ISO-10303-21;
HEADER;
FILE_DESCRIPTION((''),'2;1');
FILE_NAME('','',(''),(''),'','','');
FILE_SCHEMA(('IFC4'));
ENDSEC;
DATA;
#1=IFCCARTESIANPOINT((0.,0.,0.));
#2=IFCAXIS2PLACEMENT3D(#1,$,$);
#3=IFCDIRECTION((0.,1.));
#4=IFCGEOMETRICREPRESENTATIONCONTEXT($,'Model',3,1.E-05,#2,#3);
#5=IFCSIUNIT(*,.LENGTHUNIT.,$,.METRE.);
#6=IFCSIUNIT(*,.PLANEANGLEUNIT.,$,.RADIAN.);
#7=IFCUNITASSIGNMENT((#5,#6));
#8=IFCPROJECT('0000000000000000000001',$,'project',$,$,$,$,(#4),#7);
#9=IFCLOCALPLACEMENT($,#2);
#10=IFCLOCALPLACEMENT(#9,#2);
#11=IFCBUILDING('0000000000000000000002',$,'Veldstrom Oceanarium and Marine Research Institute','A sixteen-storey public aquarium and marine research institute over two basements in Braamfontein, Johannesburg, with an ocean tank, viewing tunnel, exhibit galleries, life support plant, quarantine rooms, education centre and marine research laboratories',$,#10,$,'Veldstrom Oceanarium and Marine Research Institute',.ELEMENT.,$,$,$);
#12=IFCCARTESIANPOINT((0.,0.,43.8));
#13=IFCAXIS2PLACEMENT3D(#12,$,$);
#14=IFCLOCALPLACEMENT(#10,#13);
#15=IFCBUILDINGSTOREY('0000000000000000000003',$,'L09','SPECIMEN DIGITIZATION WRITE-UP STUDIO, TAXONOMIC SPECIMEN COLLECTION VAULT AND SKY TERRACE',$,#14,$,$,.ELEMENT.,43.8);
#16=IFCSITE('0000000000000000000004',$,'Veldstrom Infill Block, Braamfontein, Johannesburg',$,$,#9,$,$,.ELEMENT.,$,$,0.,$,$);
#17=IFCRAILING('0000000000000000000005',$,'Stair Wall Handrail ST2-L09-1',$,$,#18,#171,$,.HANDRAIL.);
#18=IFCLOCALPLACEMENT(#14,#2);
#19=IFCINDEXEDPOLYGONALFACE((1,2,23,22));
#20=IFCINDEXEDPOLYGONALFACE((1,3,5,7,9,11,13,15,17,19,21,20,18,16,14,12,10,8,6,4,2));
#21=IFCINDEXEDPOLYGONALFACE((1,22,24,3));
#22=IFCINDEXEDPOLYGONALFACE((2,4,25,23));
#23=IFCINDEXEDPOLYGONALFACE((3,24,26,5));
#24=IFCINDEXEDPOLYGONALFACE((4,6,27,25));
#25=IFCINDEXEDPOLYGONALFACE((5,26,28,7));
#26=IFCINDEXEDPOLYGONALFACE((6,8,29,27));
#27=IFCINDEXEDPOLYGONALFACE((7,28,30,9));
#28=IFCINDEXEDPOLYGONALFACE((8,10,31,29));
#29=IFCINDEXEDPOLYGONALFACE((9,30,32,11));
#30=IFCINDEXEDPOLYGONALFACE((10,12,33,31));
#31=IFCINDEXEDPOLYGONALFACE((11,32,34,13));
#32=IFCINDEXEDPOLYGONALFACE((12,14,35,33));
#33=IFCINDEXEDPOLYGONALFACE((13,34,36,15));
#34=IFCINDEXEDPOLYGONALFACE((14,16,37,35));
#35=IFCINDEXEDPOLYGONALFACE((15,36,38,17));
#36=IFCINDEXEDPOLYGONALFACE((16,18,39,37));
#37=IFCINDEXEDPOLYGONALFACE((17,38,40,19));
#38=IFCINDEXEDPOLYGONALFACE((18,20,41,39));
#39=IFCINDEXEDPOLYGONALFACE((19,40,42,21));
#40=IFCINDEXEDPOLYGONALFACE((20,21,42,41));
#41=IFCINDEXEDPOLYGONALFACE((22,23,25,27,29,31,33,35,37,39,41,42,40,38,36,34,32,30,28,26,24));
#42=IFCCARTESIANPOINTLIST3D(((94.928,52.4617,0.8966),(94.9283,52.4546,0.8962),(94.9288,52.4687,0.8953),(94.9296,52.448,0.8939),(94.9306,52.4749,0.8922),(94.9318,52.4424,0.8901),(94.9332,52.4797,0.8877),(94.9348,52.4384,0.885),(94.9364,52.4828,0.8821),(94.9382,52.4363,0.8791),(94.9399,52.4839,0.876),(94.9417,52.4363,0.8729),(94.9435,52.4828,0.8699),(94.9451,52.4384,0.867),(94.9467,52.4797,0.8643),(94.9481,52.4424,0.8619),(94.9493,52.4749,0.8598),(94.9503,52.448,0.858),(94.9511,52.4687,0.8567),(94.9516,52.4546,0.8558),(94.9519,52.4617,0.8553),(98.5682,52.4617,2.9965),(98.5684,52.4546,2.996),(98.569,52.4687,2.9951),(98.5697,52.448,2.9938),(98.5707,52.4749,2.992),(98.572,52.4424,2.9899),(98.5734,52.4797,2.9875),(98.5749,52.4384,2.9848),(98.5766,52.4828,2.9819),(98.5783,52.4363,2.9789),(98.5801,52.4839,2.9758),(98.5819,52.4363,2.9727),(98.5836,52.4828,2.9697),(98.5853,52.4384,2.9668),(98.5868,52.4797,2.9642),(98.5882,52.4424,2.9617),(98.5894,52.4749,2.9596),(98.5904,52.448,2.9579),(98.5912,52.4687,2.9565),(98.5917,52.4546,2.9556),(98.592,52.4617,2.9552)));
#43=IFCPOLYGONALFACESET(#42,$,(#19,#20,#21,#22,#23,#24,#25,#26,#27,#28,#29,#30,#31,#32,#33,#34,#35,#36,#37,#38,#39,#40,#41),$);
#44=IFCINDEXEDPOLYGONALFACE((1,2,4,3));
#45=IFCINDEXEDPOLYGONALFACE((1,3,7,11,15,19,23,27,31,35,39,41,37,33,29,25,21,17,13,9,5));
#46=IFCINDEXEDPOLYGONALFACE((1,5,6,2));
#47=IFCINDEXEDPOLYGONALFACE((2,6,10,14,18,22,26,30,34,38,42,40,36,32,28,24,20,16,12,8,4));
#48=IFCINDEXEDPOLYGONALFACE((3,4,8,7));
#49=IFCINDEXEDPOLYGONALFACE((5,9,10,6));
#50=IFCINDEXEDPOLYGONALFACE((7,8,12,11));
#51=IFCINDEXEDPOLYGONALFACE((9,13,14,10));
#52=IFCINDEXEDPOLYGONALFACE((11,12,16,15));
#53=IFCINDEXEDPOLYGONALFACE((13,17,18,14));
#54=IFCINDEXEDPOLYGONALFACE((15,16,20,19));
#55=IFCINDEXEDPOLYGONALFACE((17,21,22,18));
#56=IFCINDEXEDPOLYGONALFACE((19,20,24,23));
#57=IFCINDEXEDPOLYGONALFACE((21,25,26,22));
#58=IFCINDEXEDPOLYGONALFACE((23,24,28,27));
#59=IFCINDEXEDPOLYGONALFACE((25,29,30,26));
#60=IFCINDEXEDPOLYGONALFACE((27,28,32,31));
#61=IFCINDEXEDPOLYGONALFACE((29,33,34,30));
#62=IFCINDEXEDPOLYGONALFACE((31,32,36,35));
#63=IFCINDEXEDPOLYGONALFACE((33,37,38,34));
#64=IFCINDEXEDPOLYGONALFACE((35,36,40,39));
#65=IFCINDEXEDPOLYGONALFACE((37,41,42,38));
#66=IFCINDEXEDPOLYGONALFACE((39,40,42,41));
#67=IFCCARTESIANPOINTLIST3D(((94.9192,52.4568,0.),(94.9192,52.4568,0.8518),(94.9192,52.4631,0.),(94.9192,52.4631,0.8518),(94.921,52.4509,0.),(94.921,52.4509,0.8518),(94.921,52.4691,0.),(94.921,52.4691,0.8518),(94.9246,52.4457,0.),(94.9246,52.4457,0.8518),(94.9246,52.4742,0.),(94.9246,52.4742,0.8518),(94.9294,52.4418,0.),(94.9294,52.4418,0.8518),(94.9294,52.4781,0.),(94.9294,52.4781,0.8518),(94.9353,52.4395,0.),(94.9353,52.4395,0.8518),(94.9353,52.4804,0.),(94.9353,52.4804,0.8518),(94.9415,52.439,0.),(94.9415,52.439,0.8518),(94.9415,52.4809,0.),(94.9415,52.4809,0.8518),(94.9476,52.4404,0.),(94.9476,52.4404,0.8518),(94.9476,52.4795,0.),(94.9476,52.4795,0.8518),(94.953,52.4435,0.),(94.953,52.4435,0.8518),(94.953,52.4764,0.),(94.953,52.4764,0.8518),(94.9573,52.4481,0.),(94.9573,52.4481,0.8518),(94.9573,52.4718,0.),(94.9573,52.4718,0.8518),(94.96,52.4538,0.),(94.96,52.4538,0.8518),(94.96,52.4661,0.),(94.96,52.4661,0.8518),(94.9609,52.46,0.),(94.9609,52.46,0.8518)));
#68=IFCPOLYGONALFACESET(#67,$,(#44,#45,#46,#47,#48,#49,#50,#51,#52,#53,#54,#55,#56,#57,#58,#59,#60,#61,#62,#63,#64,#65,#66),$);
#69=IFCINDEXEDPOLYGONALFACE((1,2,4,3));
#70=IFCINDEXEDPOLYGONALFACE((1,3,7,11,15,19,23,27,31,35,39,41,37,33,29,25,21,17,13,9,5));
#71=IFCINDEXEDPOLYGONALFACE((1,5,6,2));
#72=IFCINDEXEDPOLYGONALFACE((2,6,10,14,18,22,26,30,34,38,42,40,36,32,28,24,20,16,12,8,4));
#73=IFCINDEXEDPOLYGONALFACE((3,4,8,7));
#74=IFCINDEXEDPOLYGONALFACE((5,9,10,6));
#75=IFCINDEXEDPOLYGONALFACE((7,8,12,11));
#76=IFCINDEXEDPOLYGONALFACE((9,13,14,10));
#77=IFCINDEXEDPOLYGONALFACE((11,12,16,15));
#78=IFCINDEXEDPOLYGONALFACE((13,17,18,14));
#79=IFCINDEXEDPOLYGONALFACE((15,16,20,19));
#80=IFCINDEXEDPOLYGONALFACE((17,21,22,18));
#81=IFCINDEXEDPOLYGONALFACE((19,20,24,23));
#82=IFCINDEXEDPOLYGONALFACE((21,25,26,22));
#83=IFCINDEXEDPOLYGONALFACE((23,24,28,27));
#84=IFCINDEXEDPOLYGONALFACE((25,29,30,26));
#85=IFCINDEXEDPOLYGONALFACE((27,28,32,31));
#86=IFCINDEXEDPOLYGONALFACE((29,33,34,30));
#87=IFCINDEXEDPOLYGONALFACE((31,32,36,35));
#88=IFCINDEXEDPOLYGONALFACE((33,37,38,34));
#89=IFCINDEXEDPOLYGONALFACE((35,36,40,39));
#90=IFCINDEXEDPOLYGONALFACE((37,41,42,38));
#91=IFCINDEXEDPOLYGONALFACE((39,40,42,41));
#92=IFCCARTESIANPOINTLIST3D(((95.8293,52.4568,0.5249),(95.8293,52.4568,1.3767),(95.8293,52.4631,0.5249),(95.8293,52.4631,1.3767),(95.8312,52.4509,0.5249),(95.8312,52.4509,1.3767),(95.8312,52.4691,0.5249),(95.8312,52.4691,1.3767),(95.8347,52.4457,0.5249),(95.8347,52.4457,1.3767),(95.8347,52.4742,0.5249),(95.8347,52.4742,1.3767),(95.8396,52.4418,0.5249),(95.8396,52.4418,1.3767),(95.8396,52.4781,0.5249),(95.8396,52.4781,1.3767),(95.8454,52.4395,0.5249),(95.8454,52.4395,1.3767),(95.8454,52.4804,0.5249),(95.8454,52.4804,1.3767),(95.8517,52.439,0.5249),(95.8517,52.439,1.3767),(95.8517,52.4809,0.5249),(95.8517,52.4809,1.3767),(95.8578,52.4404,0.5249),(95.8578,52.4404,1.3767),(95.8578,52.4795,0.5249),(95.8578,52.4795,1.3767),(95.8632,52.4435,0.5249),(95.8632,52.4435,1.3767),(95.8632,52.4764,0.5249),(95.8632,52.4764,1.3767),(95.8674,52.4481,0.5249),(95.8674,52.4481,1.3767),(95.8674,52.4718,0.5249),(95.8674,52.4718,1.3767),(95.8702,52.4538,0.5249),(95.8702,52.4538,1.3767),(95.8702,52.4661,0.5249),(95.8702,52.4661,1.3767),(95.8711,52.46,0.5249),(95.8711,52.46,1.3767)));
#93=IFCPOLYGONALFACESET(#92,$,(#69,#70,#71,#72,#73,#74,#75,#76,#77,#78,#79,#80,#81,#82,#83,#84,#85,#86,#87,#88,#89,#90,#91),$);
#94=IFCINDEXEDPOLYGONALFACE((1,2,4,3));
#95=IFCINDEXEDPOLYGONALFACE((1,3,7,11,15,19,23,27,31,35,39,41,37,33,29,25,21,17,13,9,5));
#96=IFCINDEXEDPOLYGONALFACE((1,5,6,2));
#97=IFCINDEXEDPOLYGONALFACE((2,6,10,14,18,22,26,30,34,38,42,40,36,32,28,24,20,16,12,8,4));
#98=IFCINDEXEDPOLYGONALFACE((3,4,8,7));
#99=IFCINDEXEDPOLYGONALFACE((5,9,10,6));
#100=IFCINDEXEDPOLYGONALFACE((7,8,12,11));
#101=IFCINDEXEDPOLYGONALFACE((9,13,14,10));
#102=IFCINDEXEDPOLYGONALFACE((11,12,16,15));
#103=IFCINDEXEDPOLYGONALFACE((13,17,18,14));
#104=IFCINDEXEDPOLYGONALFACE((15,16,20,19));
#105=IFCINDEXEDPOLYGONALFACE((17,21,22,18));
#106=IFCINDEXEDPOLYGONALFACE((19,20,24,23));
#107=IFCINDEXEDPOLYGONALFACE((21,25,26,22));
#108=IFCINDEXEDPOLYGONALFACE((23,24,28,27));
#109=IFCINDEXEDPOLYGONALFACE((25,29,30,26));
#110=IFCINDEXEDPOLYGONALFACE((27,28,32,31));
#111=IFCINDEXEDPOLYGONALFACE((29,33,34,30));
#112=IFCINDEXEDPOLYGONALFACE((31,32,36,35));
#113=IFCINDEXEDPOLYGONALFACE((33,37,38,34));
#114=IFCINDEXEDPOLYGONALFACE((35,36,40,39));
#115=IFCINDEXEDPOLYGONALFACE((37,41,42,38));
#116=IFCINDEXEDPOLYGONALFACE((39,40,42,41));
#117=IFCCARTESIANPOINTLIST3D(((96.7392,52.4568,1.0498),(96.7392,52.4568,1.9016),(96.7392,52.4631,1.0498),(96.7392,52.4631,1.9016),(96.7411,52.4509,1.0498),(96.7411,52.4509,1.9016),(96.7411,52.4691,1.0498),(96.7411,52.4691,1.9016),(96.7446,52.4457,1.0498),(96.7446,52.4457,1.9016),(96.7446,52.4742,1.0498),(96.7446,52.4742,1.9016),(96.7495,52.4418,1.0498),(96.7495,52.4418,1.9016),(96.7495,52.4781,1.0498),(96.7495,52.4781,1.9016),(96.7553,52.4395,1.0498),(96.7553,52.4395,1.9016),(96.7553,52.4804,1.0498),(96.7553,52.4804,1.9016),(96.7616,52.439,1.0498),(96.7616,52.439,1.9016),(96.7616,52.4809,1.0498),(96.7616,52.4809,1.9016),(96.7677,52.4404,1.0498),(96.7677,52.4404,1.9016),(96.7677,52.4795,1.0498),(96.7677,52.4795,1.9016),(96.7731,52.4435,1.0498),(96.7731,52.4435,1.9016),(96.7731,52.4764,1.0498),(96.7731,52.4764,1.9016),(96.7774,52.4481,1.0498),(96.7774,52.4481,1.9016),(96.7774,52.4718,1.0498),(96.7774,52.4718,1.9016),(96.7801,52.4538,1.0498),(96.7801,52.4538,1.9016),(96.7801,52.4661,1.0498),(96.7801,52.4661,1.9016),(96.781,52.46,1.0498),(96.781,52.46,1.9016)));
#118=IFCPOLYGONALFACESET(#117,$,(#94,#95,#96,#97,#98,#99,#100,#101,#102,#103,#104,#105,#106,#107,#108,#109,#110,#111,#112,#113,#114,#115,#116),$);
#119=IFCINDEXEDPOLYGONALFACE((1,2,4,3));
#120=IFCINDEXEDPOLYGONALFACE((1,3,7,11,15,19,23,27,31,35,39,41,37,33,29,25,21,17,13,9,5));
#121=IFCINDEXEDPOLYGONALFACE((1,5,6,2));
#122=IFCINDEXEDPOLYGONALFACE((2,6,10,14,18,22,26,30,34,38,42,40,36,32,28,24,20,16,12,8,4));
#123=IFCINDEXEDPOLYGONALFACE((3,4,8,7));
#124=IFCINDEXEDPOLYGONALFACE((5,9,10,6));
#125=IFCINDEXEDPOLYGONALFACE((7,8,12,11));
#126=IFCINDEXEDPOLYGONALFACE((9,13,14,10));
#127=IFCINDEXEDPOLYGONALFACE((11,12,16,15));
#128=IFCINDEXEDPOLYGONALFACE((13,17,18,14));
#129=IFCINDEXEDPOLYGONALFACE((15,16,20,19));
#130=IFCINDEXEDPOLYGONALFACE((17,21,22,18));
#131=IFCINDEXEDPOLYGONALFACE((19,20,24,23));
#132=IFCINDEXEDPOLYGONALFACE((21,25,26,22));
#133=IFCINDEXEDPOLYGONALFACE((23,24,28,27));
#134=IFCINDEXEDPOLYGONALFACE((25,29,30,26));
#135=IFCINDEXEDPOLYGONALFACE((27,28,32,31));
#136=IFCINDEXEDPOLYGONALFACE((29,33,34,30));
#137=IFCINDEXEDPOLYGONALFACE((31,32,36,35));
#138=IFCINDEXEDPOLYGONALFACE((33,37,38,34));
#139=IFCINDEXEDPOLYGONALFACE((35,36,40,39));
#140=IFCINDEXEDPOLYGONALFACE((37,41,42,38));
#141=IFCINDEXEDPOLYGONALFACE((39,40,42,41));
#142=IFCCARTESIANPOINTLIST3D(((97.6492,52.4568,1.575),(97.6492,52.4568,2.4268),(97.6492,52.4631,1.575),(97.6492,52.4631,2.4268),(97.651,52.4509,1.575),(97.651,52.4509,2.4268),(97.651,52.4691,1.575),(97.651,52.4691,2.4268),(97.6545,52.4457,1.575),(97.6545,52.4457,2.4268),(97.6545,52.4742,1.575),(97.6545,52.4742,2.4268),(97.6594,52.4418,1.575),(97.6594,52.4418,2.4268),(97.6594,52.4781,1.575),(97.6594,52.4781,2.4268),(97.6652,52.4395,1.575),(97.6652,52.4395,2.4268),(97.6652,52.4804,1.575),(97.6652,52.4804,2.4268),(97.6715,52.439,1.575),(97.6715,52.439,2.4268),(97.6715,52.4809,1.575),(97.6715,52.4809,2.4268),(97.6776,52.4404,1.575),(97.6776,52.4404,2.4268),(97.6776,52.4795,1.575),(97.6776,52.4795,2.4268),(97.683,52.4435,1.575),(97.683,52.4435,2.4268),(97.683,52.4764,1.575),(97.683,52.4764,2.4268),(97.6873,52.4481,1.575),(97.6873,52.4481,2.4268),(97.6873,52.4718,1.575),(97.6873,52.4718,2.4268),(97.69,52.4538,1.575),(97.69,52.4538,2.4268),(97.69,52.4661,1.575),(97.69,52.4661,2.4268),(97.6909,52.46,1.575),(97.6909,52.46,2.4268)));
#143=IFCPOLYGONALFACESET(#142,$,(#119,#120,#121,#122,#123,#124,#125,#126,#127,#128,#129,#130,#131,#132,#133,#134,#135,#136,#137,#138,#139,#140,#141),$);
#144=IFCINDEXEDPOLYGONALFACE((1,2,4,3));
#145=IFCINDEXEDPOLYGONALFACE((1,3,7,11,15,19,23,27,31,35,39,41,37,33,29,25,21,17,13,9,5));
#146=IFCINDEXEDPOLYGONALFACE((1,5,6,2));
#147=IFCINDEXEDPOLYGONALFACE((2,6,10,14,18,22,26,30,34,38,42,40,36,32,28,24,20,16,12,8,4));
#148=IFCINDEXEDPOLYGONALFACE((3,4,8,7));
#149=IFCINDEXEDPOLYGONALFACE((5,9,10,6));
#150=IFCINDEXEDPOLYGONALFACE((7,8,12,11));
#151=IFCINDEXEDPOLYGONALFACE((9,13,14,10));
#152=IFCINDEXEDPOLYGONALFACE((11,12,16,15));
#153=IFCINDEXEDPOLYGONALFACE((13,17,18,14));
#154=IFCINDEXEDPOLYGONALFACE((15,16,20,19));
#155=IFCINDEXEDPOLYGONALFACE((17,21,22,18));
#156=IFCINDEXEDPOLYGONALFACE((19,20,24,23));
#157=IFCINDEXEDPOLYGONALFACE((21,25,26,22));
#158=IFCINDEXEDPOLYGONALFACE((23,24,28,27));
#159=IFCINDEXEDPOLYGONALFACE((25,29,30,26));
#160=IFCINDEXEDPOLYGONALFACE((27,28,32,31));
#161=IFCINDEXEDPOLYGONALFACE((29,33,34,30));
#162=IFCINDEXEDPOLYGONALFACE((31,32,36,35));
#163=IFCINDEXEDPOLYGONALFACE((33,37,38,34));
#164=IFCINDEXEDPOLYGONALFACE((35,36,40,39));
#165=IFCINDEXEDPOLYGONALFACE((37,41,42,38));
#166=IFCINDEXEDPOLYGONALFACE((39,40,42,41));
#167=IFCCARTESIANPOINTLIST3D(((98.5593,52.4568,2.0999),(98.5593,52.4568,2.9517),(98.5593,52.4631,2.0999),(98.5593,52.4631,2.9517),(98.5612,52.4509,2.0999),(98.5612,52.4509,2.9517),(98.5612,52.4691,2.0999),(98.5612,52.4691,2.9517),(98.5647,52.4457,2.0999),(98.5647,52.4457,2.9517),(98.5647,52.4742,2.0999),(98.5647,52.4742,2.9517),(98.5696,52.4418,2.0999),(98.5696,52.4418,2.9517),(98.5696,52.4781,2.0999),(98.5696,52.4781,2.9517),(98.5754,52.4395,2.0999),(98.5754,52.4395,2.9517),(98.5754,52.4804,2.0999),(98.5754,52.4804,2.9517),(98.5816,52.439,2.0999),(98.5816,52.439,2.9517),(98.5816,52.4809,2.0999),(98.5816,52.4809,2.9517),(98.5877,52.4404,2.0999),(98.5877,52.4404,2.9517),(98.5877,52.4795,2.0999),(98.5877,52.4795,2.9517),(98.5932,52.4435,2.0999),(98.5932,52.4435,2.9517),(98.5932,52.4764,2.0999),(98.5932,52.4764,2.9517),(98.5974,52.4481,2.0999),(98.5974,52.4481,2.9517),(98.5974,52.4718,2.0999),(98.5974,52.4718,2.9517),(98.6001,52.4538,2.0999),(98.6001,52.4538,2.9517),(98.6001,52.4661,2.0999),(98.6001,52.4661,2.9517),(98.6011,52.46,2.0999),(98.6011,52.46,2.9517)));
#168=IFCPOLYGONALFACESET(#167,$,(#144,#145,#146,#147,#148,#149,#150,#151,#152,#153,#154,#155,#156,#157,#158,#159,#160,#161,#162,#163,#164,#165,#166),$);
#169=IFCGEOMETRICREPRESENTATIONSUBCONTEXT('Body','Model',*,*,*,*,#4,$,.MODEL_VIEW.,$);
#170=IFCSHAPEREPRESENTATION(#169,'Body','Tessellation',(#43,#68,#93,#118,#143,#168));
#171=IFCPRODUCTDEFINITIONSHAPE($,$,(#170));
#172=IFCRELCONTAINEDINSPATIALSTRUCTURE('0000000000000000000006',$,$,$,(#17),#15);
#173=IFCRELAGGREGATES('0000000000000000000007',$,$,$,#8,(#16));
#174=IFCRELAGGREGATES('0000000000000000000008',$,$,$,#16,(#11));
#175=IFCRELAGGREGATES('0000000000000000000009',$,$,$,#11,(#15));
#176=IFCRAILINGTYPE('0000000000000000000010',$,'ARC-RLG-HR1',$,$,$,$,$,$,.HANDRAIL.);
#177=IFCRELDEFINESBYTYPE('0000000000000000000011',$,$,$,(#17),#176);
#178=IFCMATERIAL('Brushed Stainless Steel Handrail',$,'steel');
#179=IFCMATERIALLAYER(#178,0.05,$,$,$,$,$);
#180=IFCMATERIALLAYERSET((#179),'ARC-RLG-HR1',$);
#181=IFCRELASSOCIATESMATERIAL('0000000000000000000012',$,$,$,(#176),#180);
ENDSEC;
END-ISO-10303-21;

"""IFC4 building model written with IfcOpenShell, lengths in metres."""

from ifc_helpers import new_model, si_unit, direction, frame, origin, origin_2d, place, context, subcontext, project, spatial, circle, extrude, material, layer, layer_set, type_object, element, save


model = new_model("IFC4")

# Units and contexts
model_context = context("Model", 3, precision=1e-05, world=origin(), true_north=direction((0.0, 1.0)))
body_context = subcontext(model_context, "Body", "Model", "MODEL_VIEW")
ifc_project = project(units=[si_unit("LENGTHUNIT", "METRE"), si_unit("PLANEANGLEUNIT", "RADIAN")], contexts=[model_context])

# Site, building, storey
site_placement = place(None, origin())
site = spatial("IfcSite", under=ifc_project, at=site_placement, Name="Veldstrom Infill Block, Braamfontein, Johannesburg", CompositionType="ELEMENT", RefElevation=0.0)
building_placement = place(site_placement, origin())
building = spatial("IfcBuilding", under=site, at=building_placement, Name="Veldstrom Oceanarium and Marine Research Institute", Description="A sixteen-storey public aquarium and marine research institute over two basements in Braamfontein, Johannesburg, with an ocean tank, viewing tunnel, exhibit galleries, life support plant, quarantine rooms, education centre and marine research laboratories", LongName="Veldstrom Oceanarium and Marine Research Institute", CompositionType="ELEMENT")
storey_placement = place(building_placement, frame((0.0, 0.0, 43.8)))
storey = spatial("IfcBuildingStorey", under=building, at=storey_placement, Name="L09", Description="SPECIMEN DIGITIZATION WRITE-UP STUDIO, TAXONOMIC SPECIMEN COLLECTION VAULT AND SKY TERRACE", CompositionType="ELEMENT", Elevation=43.8)

# Railing
ifc_material_1 = material(Name="Brushed Stainless Steel Handrail", Category="steel")
ifc_layer_1 = layer(ifc_material_1, 0.05)
ifc_layer_set_1 = layer_set([ifc_layer_1], Name="ARC-RLG-HR1")
railing_type_1 = type_object("IfcRailingType", Name="ARC-RLG-HR1", PredefinedType="HANDRAIL", material=ifc_layer_set_1)
railing_1_placement = place(storey_placement, frame((94.9399, 52.46, 0.0)))
element("IfcRailing", 1, at=railing_1_placement, inside=storey, type_object=railing_type_1, Name="Stair Wall Handrail ST2-L09-1", PredefinedType="HANDRAIL", context=body_context, shape_type="SweptSolid", body=[
    extrude(circle(Radius=0.0239, at=origin_2d()), frame((0.0, 0.0, 0.876), z_axis=(0.866209, 0.0, 0.499682), x_axis=(0.0, 1.0, 0.0)), (0.0, 0.0, 1.0), 4.2024),
    extrude(circle(Radius=0.021, at=origin_2d()), origin(), (0.0, 0.0, 1.0), 0.8518),
    extrude(circle(Radius=0.021, at=origin_2d()), frame((0.9102, 0.0, 0.5249)), (0.0, 0.0, 1.0), 0.8518),
    extrude(circle(Radius=0.021, at=origin_2d()), frame((1.8201, 0.0, 1.0498)), (0.0, 0.0, 1.0), 0.8518),
    extrude(circle(Radius=0.021, at=origin_2d()), frame((2.73, 0.0, 1.575)), (0.0, 0.0, 1.0), 0.8518),
    extrude(circle(Radius=0.021, at=origin_2d()), frame((3.6401, 0.0, 2.0999)), (0.0, 0.0, 1.0), 0.8518),
])

save(model, "model.ifc")
